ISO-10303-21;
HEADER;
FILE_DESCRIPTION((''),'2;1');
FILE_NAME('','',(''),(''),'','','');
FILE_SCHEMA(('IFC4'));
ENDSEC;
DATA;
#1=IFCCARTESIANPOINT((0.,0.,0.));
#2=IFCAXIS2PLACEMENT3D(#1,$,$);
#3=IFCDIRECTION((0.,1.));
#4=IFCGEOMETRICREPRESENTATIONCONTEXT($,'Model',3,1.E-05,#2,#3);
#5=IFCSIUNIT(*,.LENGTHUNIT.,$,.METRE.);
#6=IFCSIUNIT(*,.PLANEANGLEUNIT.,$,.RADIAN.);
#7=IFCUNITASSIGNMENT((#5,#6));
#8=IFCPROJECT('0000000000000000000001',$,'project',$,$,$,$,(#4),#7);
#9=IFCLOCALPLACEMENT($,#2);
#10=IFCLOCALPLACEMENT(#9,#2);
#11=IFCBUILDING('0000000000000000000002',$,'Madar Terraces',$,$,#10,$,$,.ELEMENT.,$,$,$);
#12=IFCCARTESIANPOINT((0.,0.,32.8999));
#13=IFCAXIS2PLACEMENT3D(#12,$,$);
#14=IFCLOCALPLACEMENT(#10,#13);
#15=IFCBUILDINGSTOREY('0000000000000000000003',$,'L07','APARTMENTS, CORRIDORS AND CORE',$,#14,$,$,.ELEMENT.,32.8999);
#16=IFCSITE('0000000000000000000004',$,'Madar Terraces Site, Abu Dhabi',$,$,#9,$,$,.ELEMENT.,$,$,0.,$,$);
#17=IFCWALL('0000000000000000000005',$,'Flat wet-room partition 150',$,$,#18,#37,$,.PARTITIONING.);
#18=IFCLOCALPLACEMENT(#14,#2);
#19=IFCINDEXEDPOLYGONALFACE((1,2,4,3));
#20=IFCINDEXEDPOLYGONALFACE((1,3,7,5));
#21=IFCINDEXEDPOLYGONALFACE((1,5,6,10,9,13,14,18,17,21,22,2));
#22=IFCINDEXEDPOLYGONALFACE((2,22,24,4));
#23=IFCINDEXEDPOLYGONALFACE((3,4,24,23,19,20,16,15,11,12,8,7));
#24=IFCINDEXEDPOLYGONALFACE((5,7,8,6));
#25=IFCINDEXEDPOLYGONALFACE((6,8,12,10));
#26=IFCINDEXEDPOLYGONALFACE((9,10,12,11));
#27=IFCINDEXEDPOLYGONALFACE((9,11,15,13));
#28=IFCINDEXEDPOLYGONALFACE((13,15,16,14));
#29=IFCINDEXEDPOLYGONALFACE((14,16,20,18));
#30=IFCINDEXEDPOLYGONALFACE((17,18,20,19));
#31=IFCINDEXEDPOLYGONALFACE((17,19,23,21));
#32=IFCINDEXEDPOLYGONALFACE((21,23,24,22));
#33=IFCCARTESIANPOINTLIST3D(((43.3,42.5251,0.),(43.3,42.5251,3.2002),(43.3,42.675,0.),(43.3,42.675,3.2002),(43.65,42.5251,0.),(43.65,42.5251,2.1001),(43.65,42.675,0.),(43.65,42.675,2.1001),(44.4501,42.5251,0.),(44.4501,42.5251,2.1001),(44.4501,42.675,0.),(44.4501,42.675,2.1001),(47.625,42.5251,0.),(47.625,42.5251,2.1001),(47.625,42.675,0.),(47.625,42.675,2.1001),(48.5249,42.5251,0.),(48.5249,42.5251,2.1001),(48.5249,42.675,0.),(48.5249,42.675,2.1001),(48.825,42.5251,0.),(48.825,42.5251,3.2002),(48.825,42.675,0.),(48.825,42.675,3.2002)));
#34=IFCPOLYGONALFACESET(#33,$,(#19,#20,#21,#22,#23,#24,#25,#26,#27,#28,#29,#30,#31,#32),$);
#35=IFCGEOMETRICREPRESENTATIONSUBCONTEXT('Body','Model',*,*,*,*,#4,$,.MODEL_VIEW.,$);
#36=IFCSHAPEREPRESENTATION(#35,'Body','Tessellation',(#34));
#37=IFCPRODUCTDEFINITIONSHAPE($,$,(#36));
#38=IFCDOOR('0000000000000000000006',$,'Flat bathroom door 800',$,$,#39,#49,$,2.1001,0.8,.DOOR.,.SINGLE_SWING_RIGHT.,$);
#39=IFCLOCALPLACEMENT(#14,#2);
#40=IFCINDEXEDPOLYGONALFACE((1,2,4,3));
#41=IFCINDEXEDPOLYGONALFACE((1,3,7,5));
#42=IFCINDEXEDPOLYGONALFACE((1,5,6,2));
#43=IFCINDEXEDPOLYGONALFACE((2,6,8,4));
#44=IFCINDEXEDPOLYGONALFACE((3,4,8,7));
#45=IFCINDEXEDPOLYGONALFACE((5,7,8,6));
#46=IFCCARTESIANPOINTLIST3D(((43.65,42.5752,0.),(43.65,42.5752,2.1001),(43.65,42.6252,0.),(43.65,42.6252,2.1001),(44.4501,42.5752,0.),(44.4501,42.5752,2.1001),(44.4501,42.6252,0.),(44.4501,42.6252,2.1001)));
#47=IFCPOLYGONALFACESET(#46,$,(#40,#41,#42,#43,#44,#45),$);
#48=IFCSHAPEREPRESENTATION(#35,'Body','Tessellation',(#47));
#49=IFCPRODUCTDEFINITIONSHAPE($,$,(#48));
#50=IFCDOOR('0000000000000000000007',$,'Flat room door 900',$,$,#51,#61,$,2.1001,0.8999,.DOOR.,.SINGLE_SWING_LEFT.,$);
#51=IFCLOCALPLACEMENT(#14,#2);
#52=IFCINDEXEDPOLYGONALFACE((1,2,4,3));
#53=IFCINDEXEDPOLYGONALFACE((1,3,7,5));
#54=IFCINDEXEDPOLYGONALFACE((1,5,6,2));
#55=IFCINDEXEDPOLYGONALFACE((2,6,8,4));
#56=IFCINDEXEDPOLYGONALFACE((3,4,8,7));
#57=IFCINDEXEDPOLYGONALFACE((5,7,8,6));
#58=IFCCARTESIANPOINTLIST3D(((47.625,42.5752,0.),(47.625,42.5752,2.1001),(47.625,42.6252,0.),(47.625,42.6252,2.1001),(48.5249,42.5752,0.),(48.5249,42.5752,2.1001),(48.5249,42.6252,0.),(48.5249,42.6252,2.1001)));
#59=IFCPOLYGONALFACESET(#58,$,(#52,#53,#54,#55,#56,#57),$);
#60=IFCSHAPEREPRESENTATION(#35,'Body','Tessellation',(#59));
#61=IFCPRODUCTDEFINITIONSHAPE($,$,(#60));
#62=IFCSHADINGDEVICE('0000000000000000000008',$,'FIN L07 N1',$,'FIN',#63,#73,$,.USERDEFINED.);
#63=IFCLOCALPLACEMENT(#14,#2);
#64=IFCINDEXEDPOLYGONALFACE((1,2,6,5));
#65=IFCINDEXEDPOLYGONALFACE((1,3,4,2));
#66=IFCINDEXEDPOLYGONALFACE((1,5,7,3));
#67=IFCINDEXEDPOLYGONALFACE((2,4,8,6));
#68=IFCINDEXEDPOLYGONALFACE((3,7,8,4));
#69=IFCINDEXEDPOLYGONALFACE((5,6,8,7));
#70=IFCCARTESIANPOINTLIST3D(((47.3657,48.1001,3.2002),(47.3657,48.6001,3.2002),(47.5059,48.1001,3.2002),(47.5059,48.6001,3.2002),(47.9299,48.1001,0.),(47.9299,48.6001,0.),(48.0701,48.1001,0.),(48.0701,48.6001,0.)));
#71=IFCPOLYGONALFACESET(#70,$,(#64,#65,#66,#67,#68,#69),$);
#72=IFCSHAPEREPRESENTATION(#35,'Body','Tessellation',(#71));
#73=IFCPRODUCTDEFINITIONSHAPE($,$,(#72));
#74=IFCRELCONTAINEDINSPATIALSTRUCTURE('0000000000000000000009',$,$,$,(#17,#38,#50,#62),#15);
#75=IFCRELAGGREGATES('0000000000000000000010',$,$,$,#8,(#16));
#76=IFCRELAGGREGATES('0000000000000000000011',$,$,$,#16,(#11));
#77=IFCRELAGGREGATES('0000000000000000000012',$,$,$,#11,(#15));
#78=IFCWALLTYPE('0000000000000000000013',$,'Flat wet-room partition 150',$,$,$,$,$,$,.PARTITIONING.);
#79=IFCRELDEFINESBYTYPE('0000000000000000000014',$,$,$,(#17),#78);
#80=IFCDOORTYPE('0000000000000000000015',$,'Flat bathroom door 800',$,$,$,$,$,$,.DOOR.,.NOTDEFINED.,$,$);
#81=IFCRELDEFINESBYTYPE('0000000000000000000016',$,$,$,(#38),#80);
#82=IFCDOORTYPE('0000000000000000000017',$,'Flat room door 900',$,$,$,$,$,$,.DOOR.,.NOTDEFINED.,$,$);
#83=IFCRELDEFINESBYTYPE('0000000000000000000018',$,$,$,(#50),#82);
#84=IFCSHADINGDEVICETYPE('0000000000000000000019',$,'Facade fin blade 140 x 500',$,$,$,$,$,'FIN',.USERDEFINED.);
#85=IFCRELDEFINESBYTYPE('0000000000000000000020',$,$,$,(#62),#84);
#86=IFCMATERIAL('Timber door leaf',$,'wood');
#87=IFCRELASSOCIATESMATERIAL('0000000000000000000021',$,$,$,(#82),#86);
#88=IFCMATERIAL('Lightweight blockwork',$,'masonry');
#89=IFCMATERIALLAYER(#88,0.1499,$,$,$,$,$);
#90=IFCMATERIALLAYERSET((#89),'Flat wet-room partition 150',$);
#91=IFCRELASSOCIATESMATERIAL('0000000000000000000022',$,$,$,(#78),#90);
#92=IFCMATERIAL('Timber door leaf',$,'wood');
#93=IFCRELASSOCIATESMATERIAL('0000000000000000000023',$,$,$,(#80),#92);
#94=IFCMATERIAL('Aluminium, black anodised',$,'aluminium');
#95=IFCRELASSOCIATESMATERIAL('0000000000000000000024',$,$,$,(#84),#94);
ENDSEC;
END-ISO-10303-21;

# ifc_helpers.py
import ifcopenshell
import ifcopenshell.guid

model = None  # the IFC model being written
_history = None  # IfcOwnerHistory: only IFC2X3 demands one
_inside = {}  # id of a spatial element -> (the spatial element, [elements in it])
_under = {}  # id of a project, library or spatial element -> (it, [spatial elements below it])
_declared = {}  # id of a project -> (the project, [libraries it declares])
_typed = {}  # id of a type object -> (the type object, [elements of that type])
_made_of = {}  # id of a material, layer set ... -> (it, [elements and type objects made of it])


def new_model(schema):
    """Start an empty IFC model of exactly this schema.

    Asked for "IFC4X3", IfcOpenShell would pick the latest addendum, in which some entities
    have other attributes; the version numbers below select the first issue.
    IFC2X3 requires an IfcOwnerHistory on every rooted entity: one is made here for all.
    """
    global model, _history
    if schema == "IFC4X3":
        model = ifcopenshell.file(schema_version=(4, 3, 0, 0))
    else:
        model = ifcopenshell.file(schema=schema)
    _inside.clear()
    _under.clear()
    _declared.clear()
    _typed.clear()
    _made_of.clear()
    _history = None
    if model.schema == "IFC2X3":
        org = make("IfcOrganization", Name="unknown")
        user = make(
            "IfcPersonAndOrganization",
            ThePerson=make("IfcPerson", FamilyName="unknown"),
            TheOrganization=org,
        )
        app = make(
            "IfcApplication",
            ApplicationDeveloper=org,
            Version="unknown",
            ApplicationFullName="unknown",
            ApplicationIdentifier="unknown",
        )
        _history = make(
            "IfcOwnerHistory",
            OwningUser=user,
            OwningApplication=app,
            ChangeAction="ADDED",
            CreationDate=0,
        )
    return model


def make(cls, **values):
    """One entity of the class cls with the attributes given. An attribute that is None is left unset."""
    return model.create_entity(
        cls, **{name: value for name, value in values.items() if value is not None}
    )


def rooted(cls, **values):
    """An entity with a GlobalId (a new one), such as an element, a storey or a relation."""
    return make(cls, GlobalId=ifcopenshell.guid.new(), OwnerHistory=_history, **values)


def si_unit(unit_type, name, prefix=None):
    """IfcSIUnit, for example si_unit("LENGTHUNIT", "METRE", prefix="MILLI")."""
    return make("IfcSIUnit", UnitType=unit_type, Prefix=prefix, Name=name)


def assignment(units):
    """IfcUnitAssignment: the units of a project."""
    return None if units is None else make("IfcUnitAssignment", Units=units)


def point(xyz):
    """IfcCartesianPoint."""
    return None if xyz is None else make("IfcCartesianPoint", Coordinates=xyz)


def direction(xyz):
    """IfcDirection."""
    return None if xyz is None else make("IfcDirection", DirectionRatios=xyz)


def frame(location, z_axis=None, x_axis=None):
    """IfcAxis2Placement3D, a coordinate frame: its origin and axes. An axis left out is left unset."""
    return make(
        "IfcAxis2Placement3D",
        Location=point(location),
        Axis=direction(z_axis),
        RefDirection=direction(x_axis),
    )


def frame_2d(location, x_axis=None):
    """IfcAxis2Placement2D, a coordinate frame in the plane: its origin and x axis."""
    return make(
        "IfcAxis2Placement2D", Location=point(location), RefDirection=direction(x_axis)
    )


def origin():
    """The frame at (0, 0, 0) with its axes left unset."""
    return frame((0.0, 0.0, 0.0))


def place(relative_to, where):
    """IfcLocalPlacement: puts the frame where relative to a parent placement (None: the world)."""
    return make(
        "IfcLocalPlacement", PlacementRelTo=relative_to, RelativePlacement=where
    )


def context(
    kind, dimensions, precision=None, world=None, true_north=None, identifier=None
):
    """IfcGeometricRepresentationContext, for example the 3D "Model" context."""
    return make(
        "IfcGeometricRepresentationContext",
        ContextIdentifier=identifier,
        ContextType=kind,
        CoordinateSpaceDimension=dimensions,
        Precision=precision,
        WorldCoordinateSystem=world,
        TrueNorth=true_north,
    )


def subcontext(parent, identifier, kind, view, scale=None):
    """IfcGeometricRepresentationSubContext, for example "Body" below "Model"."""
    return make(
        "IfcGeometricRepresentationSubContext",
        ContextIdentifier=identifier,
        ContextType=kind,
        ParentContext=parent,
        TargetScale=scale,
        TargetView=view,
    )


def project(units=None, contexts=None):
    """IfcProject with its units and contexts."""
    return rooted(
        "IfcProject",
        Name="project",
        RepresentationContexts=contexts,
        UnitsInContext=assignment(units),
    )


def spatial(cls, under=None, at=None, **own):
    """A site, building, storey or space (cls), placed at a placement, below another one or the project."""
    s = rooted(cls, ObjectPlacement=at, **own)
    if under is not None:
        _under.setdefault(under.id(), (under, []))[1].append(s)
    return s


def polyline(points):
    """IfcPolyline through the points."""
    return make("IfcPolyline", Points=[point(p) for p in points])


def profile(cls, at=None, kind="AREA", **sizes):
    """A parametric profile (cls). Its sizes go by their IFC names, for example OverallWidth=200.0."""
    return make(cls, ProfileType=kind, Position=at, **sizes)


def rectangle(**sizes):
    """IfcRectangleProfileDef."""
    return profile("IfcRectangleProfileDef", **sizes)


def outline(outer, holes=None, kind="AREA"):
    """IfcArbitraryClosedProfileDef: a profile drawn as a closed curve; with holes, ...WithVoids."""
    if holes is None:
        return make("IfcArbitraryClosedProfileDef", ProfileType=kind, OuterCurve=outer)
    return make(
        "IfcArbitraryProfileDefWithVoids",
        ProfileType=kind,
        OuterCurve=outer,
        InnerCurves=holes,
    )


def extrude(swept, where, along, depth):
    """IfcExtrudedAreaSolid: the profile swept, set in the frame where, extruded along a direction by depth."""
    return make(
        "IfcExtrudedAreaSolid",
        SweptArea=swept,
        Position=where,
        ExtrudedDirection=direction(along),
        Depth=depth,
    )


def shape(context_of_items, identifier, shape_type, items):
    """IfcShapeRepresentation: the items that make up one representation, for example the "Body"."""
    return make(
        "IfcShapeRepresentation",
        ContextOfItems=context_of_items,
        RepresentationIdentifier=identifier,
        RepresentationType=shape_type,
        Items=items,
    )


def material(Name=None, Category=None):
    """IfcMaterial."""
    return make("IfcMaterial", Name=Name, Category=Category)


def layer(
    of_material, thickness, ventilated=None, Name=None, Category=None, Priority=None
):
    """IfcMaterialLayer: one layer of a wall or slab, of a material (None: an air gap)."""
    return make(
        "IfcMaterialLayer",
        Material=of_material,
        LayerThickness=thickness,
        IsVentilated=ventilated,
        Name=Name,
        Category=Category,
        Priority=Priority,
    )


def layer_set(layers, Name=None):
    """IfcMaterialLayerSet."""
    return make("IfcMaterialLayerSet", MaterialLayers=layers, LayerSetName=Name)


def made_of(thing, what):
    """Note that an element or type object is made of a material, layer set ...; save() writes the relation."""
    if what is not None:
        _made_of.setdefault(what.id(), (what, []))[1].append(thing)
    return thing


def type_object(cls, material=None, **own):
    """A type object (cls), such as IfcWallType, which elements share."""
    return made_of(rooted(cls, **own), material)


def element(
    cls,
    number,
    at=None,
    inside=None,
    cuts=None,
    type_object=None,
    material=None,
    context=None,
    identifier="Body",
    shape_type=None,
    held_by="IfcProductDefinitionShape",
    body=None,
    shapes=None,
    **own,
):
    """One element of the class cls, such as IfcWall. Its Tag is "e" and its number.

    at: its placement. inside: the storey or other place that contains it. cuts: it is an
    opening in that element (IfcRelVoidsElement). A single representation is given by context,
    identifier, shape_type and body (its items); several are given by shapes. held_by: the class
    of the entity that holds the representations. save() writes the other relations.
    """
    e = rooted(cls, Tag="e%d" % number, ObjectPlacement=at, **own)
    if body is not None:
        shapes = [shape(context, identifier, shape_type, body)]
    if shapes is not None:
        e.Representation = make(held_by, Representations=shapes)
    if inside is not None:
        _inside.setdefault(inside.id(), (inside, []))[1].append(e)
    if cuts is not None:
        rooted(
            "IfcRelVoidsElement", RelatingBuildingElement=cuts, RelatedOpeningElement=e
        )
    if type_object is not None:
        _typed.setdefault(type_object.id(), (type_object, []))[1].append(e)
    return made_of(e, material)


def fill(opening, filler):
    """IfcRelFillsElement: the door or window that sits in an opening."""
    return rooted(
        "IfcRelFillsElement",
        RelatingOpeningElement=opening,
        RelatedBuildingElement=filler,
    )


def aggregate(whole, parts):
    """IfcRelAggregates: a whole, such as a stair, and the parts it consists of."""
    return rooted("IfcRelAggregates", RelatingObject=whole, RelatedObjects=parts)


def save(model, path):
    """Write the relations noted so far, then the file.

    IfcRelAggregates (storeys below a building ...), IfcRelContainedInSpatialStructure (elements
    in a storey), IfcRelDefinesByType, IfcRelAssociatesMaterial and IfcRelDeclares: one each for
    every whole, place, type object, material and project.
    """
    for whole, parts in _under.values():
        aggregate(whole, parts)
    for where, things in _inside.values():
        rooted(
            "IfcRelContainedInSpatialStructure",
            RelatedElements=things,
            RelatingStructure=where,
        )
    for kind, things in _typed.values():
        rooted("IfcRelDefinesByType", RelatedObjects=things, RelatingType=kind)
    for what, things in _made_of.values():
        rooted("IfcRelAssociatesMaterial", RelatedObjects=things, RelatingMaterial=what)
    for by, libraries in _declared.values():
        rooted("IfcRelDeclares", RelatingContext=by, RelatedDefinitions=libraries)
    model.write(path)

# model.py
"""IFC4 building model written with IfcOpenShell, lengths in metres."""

from ifc_helpers import new_model, si_unit, direction, frame, frame_2d, origin, place, context, subcontext, project, spatial, polyline, rectangle, outline, extrude, material, layer, layer_set, type_object, element, fill, save


model = new_model("IFC4")

# Units and contexts
model_context = context("Model", 3, precision=1e-05, world=origin(), true_north=direction((0.0, 1.0)))
body_context = subcontext(model_context, "Body", "Model", "MODEL_VIEW")
ifc_project = project(units=[si_unit("LENGTHUNIT", "METRE"), si_unit("PLANEANGLEUNIT", "RADIAN")], contexts=[model_context])

# Site, building, storey
site_placement = place(None, origin())
site = spatial("IfcSite", under=ifc_project, at=site_placement, Name="Madar Terraces Site, Abu Dhabi", CompositionType="ELEMENT", RefElevation=0.0)
building_placement = place(site_placement, origin())
building = spatial("IfcBuilding", under=site, at=building_placement, Name="Madar Terraces", CompositionType="ELEMENT")
storey_placement = place(building_placement, frame((0.0, 0.0, 32.8999)))
storey = spatial("IfcBuildingStorey", under=building, at=storey_placement, Name="L07", Description="APARTMENTS, CORRIDORS AND CORE", CompositionType="ELEMENT", Elevation=32.8999)

# Shared definitions
ifc_material_1 = material(Name="Timber door leaf", Category="wood")
door_type_1 = type_object("IfcDoorType", Name="Flat room door 900", OperationType="NOTDEFINED", PredefinedType="DOOR", material=ifc_material_1)

# Shared definitions
ifc_material_2 = material(Name="Lightweight blockwork", Category="masonry")
ifc_layer_1 = layer(ifc_material_2, 0.1499)
ifc_layer_set_1 = layer_set([ifc_layer_1], Name="Flat wet-room partition 150")
wall_type_1 = type_object("IfcWallType", Name="Flat wet-room partition 150", PredefinedType="PARTITIONING", material=ifc_layer_set_1)

# Wall, openings, doors
wall_1_placement = place(storey_placement, frame((48.825, 42.6001, 0.0), z_axis=(0.0, 0.0, 1.0), x_axis=(-1.0, 0.0, 0.0)))
wall_1 = element("IfcWall", 1, at=wall_1_placement, inside=storey, type_object=wall_type_1, Name="Flat wet-room partition 150", PredefinedType="PARTITIONING", context=body_context, shape_type="SweptSolid", body=[
    extrude(rectangle(XDim=5.5249, YDim=0.1499, at=frame_2d((2.7625, 0.0))), origin(), (0.0, 0.0, 1.0), 3.2002),
])
opening_1_placement = place(wall_1_placement, frame((0.3, 0.0, 0.0)))
opening_1 = element("IfcOpeningElement", 2, at=opening_1_placement, cuts=wall_1, PredefinedType="OPENING", context=body_context, shape_type="SweptSolid", body=[
    extrude(rectangle(XDim=0.8999, YDim=2.1001, at=frame_2d((0.45, 1.05))), frame((0.0, 0.085, 0.0), z_axis=(0.0, -1.0, 0.0), x_axis=(1.0, 0.0, 0.0)), (0.0, 0.0, 1.0), 0.1699),
])
opening_2_placement = place(wall_1_placement, frame((4.375, 0.0, 0.0)))
opening_2 = element("IfcOpeningElement", 3, at=opening_2_placement, cuts=wall_1, PredefinedType="OPENING", context=body_context, shape_type="SweptSolid", body=[
    extrude(rectangle(XDim=0.8, YDim=2.1001, at=frame_2d((0.3999, 1.05))), frame((0.0, 0.085, 0.0), z_axis=(0.0, -1.0, 0.0), x_axis=(1.0, 0.0, 0.0)), (0.0, 0.0, 1.0), 0.1699),
])
ifc_material_3 = material(Name="Timber door leaf", Category="wood")
door_type_2 = type_object("IfcDoorType", Name="Flat bathroom door 800", OperationType="NOTDEFINED", PredefinedType="DOOR", material=ifc_material_3)
door_1_placement = place(opening_2_placement, origin())
door_1 = element("IfcDoor", 4, at=door_1_placement, inside=storey, type_object=door_type_2, Name="Flat bathroom door 800", OperationType="SINGLE_SWING_RIGHT", OverallHeight=2.1001, OverallWidth=0.8, PredefinedType="DOOR", context=body_context, shape_type="SweptSolid", body=[
    extrude(rectangle(XDim=0.8, YDim=2.1001, at=frame_2d((0.3999, 1.05))), frame((0.0, 0.0249, 0.0), z_axis=(0.0, -1.0, 0.0), x_axis=(1.0, 0.0, 0.0)), (0.0, 0.0, 1.0), 0.05),
])
fill(opening_2, door_1)
door_2_placement = place(opening_1_placement, origin())
door_2 = element("IfcDoor", 5, at=door_2_placement, inside=storey, type_object=door_type_1, Name="Flat room door 900", OperationType="SINGLE_SWING_LEFT", OverallHeight=2.1001, OverallWidth=0.8999, PredefinedType="DOOR", context=body_context, shape_type="SweptSolid", body=[
    extrude(rectangle(XDim=0.8999, YDim=2.1001, at=frame_2d((0.45, 1.05))), frame((0.0, 0.0249, 0.0), z_axis=(0.0, -1.0, 0.0), x_axis=(1.0, 0.0, 0.0)), (0.0, 0.0, 1.0), 0.05),
])
fill(opening_1, door_2)

# Shading device
ifc_material_4 = material(Name="Aluminium, black anodised", Category="aluminium")
shading_device_type = type_object("IfcShadingDeviceType", Name="Facade fin blade 140 x 500", ElementType="FIN", PredefinedType="USERDEFINED", material=ifc_material_4)
shading_device_placement = place(storey_placement, frame((48.0701, 48.3501, 0.0), z_axis=(0.0, 0.0, 1.0), x_axis=(-1.0, 0.0, 0.0)))
element("IfcShadingDevice", 6, at=shading_device_placement, inside=storey, type_object=shading_device_type, Name="FIN L07 N1", ObjectType="FIN", PredefinedType="USERDEFINED", context=body_context, shape_type="SweptSolid", body=[
    extrude(outline(polyline([(0.0, 0.0), (0.1401, 0.0), (0.7043, 3.2002), (0.5642, 3.2002), (0.0, 0.0)])), frame((0.0, 0.25, 0.0), z_axis=(0.0, -1.0, 0.0), x_axis=(1.0, 0.0, 0.0)), (0.0, 0.0, 1.0), 0.5),
])

save(model, "model.ifc")
